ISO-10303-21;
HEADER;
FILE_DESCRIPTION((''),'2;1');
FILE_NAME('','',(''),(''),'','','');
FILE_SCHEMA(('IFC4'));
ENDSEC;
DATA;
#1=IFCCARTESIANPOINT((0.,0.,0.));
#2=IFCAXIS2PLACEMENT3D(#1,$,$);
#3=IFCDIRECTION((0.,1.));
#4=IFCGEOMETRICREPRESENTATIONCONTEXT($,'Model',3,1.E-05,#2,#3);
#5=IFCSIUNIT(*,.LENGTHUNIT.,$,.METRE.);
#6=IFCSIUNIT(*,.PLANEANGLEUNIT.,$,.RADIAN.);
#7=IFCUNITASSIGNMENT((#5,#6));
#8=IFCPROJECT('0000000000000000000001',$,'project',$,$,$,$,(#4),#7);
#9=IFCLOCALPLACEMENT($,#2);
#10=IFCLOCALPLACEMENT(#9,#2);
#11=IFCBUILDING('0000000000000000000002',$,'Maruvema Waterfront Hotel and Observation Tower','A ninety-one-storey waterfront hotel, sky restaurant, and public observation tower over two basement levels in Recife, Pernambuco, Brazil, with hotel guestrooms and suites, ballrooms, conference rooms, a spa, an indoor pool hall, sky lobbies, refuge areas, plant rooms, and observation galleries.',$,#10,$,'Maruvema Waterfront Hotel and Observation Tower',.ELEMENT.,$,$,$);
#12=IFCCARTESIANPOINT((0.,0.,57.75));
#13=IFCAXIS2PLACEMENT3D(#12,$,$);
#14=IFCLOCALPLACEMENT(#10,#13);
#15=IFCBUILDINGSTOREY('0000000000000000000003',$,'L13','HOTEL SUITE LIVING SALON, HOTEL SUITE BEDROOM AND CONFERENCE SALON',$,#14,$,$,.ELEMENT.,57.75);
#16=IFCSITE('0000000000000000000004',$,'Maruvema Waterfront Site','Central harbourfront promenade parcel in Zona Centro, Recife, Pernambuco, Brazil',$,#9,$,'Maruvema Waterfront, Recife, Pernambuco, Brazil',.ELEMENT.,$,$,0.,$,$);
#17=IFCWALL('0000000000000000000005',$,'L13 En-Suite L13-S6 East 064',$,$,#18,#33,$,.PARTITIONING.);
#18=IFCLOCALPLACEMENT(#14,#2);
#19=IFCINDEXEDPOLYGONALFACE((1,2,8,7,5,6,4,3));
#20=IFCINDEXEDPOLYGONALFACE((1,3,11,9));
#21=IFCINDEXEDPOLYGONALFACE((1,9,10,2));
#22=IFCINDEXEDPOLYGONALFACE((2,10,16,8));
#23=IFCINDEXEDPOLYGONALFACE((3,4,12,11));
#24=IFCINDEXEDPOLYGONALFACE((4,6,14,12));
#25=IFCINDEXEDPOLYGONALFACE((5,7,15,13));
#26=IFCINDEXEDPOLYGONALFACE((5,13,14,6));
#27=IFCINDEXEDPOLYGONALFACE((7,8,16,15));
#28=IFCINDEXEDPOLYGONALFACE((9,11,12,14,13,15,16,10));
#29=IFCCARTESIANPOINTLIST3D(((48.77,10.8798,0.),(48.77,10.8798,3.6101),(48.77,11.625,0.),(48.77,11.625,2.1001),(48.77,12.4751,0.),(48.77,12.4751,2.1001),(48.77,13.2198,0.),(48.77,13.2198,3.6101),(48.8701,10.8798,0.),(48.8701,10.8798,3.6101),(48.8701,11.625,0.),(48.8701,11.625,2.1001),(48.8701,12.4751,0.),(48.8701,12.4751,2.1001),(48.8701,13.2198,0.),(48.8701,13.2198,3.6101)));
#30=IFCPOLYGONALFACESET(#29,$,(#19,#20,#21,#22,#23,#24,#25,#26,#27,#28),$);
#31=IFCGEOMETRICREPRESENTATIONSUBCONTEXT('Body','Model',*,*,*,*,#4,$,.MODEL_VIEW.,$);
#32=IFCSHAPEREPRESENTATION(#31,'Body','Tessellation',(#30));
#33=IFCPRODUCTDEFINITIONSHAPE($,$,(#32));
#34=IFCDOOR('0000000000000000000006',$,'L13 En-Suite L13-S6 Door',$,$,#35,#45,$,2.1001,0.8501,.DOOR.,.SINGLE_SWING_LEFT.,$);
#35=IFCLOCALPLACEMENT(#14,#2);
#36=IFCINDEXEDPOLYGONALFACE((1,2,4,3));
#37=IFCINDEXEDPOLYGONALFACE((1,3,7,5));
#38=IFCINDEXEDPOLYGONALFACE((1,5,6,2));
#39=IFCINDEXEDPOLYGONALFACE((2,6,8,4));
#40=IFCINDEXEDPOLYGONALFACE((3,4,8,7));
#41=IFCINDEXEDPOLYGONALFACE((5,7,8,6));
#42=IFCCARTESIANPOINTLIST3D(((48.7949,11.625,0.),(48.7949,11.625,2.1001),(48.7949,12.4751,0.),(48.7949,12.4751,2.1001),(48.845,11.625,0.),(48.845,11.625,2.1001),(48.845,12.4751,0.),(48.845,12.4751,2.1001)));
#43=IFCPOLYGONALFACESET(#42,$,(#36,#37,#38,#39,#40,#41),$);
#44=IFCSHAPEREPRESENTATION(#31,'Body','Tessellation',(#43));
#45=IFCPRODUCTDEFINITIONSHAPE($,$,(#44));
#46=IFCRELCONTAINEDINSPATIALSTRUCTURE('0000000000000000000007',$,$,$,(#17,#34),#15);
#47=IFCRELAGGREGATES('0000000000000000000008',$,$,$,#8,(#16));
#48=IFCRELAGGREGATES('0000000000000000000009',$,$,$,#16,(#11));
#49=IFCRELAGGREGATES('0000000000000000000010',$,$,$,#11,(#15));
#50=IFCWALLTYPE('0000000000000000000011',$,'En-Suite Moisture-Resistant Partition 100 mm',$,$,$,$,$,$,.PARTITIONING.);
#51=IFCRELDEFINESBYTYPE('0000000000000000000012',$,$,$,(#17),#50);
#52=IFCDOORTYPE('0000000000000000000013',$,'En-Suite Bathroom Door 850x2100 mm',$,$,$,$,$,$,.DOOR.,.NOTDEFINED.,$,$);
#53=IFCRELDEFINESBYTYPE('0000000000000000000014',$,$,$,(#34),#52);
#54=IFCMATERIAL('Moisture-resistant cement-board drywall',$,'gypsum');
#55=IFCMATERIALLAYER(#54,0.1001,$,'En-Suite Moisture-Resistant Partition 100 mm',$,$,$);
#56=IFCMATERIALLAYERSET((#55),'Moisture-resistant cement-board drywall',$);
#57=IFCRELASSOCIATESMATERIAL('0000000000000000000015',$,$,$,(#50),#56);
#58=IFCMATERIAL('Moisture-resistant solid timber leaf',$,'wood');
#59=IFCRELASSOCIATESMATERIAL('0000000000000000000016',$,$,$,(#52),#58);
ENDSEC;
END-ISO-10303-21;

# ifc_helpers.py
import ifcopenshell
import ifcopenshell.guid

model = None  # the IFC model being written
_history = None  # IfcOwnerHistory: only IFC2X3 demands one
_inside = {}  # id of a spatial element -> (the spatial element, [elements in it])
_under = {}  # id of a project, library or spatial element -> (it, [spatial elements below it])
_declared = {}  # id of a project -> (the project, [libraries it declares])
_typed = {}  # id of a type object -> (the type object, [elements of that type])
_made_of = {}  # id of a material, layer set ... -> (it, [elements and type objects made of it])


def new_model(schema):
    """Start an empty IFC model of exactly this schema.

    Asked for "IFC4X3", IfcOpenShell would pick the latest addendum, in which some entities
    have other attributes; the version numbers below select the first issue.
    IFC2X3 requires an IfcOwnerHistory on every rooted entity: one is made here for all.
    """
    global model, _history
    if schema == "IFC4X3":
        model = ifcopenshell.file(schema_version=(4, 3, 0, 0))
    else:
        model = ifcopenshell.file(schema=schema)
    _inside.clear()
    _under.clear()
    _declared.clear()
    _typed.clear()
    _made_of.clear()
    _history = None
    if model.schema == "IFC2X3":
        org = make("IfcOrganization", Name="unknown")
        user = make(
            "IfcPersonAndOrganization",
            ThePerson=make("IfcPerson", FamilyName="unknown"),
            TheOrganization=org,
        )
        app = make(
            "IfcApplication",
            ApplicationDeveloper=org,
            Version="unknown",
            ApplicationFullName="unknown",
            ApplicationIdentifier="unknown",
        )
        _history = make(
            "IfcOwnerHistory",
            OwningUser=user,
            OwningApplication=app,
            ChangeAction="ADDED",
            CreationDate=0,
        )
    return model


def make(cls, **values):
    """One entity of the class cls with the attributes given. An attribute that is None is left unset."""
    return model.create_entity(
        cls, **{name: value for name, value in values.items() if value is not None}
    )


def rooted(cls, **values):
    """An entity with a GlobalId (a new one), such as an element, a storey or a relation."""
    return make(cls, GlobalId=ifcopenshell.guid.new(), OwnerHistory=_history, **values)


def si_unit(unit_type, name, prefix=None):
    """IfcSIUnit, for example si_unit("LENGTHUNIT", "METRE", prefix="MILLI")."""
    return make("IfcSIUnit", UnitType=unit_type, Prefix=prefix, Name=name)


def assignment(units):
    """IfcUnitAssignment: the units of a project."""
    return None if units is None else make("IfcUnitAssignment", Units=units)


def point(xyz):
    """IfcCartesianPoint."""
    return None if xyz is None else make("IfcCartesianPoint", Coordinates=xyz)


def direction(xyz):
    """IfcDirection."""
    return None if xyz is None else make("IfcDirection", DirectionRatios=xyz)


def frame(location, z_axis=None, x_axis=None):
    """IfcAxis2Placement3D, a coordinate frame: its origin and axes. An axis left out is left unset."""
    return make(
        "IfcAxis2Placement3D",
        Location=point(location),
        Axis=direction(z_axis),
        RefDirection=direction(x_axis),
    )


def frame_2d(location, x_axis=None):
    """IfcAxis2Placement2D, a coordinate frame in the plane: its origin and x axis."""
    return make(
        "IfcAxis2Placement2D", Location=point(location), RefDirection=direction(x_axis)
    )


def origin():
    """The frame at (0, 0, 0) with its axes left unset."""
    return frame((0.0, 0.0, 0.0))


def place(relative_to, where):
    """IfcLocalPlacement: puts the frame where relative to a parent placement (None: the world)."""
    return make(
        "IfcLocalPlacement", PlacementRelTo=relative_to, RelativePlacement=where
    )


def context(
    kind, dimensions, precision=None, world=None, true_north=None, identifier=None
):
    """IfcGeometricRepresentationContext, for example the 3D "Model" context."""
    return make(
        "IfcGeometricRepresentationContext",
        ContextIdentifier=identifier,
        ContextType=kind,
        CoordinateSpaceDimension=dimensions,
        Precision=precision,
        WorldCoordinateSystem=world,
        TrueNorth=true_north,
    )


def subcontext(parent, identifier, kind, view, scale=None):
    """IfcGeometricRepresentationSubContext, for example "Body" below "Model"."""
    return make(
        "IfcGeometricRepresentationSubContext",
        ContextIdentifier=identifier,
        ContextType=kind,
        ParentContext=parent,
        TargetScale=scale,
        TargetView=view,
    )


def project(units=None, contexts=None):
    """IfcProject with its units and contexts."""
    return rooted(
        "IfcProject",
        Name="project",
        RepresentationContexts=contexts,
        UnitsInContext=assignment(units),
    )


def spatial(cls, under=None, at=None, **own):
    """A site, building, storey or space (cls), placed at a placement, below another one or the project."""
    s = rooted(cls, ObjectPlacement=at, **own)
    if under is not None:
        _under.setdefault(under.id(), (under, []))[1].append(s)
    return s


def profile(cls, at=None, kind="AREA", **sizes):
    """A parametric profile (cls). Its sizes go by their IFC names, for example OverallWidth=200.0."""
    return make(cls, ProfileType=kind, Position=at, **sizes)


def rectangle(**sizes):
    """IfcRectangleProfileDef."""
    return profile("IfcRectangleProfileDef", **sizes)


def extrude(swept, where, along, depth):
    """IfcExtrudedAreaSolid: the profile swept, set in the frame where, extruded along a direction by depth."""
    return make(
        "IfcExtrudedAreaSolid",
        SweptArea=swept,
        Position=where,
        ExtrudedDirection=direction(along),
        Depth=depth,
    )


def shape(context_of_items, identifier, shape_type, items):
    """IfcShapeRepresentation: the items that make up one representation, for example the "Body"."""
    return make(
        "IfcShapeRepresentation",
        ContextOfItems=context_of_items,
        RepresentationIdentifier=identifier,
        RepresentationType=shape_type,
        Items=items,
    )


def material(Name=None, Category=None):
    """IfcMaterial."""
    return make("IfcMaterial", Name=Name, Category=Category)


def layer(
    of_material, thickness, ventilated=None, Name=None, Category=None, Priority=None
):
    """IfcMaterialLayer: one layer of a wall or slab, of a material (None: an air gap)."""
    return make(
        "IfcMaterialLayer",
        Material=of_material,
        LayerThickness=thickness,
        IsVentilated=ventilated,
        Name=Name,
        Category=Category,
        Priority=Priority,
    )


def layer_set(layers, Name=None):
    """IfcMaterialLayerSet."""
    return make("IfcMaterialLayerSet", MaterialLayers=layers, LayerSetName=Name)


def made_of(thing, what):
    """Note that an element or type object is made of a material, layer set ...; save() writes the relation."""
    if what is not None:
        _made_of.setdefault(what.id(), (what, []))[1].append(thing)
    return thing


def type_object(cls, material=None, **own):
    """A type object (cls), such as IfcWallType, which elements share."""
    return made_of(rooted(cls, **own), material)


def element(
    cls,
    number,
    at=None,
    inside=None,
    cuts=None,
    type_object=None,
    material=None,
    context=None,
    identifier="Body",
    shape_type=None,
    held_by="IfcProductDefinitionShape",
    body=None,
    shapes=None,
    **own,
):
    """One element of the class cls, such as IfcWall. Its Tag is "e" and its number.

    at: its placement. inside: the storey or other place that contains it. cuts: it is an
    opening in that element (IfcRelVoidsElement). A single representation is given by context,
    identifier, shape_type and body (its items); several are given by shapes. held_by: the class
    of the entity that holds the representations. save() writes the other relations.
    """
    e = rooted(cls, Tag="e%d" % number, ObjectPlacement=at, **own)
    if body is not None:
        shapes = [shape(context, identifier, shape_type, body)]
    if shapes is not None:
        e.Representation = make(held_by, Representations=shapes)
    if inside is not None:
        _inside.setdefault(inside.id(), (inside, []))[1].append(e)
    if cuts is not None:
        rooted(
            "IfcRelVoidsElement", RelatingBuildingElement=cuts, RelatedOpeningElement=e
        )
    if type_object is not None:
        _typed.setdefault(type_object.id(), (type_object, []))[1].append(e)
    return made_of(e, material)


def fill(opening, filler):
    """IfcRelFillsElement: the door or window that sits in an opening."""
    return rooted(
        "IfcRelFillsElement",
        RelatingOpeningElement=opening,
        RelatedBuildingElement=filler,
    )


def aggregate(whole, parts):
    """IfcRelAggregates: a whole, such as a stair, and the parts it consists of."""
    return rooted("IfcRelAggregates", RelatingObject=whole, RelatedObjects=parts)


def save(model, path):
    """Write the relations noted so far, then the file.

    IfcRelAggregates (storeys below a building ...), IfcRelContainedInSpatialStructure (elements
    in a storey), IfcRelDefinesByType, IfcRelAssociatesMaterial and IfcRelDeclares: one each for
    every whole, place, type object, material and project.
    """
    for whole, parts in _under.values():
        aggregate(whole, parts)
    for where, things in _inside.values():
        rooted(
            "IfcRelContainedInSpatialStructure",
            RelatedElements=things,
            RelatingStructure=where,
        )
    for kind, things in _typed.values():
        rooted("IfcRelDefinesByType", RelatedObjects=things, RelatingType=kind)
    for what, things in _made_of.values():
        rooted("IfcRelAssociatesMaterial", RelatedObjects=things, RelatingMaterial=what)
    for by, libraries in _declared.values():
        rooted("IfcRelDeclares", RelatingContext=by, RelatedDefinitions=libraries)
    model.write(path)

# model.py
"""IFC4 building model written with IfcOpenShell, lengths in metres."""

from ifc_helpers import new_model, si_unit, direction, frame, frame_2d, origin, place, context, subcontext, project, spatial, rectangle, extrude, material, layer, layer_set, type_object, element, fill, save


model = new_model("IFC4")

# Units and contexts
model_context = context("Model", 3, precision=1e-05, world=origin(), true_north=direction((0.0, 1.0)))
body_context = subcontext(model_context, "Body", "Model", "MODEL_VIEW")
ifc_project = project(units=[si_unit("LENGTHUNIT", "METRE"), si_unit("PLANEANGLEUNIT", "RADIAN")], contexts=[model_context])

# Site, building, storey
site_placement = place(None, origin())
site = spatial("IfcSite", under=ifc_project, at=site_placement, Name="Maruvema Waterfront Site", Description="Central harbourfront promenade parcel in Zona Centro, Recife, Pernambuco, Brazil", LongName="Maruvema Waterfront, Recife, Pernambuco, Brazil", CompositionType="ELEMENT", RefElevation=0.0)
building_placement = place(site_placement, origin())
building = spatial("IfcBuilding", under=site, at=building_placement, Name="Maruvema Waterfront Hotel and Observation Tower", Description="A ninety-one-storey waterfront hotel, sky restaurant, and public observation tower over two basement levels in Recife, Pernambuco, Brazil, with hotel guestrooms and suites, ballrooms, conference rooms, a spa, an indoor pool hall, sky lobbies, refuge areas, plant rooms, and observation galleries.", LongName="Maruvema Waterfront Hotel and Observation Tower", CompositionType="ELEMENT")
storey_placement = place(building_placement, frame((0.0, 0.0, 57.75)))
storey = spatial("IfcBuildingStorey", under=building, at=storey_placement, Name="L13", Description="HOTEL SUITE LIVING SALON, HOTEL SUITE BEDROOM AND CONFERENCE SALON", CompositionType="ELEMENT", Elevation=57.75)

# Shared definitions
ifc_material_1 = material(Name="Moisture-resistant cement-board drywall", Category="gypsum")
ifc_layer_1 = layer(ifc_material_1, 0.1001, Name="En-Suite Moisture-Resistant Partition 100 mm")
ifc_layer_set_1 = layer_set([ifc_layer_1], Name="Moisture-resistant cement-board drywall")
wall_type_1 = type_object("IfcWallType", Name="En-Suite Moisture-Resistant Partition 100 mm", PredefinedType="PARTITIONING", material=ifc_layer_set_1)

# Shared definitions
ifc_material_2 = material(Name="Moisture-resistant solid timber leaf", Category="wood")
door_type_1 = type_object("IfcDoorType", Name="En-Suite Bathroom Door 850x2100 mm", OperationType="NOTDEFINED", PredefinedType="DOOR", material=ifc_material_2)

# Wall, opening, door
wall_1_placement = place(storey_placement, frame((48.8201, 10.8799, 0.0), z_axis=(0.0, 0.0, 1.0), x_axis=(0.0, 1.0, 0.0)))
wall_1 = element("IfcWall", 1, at=wall_1_placement, inside=storey, type_object=wall_type_1, Name="L13 En-Suite L13-S6 East 064", PredefinedType="PARTITIONING", context=body_context, shape_type="SweptSolid", body=[
    extrude(rectangle(XDim=2.3401, YDim=0.1001, at=frame_2d((1.1699, 0.0))), origin(), (0.0, 0.0, 1.0), 3.6101),
])
opening_1_placement = place(wall_1_placement, frame((0.7451, 0.0, 0.0)))
opening_1 = element("IfcOpeningElement", 2, at=opening_1_placement, cuts=wall_1, PredefinedType="OPENING", context=body_context, shape_type="SweptSolid", body=[
    extrude(rectangle(XDim=0.8501, YDim=2.1001, at=frame_2d((0.425, 1.05))), frame((0.0, 0.0601, 0.0), z_axis=(0.0, -1.0, 0.0), x_axis=(1.0, 0.0, 0.0)), (0.0, 0.0, 1.0), 0.1201),
])
door_1_placement = place(opening_1_placement, frame((0.8501, 0.0, 0.0), z_axis=(0.0, 0.0, 1.0), x_axis=(-1.0, 0.0, 0.0)))
door_1 = element("IfcDoor", 3, at=door_1_placement, inside=storey, type_object=door_type_1, Name="L13 En-Suite L13-S6 Door", OperationType="SINGLE_SWING_LEFT", OverallHeight=2.1001, OverallWidth=0.8501, PredefinedType="DOOR", context=body_context, shape_type="SweptSolid", body=[
    extrude(rectangle(XDim=0.8501, YDim=2.1001, at=frame_2d((0.425, 1.05))), frame((0.0, 0.0249, 0.0), z_axis=(0.0, -1.0, 0.0), x_axis=(1.0, 0.0, 0.0)), (0.0, 0.0, 1.0), 0.05),
])
fill(opening_1, door_1)

save(model, "model.ifc")
